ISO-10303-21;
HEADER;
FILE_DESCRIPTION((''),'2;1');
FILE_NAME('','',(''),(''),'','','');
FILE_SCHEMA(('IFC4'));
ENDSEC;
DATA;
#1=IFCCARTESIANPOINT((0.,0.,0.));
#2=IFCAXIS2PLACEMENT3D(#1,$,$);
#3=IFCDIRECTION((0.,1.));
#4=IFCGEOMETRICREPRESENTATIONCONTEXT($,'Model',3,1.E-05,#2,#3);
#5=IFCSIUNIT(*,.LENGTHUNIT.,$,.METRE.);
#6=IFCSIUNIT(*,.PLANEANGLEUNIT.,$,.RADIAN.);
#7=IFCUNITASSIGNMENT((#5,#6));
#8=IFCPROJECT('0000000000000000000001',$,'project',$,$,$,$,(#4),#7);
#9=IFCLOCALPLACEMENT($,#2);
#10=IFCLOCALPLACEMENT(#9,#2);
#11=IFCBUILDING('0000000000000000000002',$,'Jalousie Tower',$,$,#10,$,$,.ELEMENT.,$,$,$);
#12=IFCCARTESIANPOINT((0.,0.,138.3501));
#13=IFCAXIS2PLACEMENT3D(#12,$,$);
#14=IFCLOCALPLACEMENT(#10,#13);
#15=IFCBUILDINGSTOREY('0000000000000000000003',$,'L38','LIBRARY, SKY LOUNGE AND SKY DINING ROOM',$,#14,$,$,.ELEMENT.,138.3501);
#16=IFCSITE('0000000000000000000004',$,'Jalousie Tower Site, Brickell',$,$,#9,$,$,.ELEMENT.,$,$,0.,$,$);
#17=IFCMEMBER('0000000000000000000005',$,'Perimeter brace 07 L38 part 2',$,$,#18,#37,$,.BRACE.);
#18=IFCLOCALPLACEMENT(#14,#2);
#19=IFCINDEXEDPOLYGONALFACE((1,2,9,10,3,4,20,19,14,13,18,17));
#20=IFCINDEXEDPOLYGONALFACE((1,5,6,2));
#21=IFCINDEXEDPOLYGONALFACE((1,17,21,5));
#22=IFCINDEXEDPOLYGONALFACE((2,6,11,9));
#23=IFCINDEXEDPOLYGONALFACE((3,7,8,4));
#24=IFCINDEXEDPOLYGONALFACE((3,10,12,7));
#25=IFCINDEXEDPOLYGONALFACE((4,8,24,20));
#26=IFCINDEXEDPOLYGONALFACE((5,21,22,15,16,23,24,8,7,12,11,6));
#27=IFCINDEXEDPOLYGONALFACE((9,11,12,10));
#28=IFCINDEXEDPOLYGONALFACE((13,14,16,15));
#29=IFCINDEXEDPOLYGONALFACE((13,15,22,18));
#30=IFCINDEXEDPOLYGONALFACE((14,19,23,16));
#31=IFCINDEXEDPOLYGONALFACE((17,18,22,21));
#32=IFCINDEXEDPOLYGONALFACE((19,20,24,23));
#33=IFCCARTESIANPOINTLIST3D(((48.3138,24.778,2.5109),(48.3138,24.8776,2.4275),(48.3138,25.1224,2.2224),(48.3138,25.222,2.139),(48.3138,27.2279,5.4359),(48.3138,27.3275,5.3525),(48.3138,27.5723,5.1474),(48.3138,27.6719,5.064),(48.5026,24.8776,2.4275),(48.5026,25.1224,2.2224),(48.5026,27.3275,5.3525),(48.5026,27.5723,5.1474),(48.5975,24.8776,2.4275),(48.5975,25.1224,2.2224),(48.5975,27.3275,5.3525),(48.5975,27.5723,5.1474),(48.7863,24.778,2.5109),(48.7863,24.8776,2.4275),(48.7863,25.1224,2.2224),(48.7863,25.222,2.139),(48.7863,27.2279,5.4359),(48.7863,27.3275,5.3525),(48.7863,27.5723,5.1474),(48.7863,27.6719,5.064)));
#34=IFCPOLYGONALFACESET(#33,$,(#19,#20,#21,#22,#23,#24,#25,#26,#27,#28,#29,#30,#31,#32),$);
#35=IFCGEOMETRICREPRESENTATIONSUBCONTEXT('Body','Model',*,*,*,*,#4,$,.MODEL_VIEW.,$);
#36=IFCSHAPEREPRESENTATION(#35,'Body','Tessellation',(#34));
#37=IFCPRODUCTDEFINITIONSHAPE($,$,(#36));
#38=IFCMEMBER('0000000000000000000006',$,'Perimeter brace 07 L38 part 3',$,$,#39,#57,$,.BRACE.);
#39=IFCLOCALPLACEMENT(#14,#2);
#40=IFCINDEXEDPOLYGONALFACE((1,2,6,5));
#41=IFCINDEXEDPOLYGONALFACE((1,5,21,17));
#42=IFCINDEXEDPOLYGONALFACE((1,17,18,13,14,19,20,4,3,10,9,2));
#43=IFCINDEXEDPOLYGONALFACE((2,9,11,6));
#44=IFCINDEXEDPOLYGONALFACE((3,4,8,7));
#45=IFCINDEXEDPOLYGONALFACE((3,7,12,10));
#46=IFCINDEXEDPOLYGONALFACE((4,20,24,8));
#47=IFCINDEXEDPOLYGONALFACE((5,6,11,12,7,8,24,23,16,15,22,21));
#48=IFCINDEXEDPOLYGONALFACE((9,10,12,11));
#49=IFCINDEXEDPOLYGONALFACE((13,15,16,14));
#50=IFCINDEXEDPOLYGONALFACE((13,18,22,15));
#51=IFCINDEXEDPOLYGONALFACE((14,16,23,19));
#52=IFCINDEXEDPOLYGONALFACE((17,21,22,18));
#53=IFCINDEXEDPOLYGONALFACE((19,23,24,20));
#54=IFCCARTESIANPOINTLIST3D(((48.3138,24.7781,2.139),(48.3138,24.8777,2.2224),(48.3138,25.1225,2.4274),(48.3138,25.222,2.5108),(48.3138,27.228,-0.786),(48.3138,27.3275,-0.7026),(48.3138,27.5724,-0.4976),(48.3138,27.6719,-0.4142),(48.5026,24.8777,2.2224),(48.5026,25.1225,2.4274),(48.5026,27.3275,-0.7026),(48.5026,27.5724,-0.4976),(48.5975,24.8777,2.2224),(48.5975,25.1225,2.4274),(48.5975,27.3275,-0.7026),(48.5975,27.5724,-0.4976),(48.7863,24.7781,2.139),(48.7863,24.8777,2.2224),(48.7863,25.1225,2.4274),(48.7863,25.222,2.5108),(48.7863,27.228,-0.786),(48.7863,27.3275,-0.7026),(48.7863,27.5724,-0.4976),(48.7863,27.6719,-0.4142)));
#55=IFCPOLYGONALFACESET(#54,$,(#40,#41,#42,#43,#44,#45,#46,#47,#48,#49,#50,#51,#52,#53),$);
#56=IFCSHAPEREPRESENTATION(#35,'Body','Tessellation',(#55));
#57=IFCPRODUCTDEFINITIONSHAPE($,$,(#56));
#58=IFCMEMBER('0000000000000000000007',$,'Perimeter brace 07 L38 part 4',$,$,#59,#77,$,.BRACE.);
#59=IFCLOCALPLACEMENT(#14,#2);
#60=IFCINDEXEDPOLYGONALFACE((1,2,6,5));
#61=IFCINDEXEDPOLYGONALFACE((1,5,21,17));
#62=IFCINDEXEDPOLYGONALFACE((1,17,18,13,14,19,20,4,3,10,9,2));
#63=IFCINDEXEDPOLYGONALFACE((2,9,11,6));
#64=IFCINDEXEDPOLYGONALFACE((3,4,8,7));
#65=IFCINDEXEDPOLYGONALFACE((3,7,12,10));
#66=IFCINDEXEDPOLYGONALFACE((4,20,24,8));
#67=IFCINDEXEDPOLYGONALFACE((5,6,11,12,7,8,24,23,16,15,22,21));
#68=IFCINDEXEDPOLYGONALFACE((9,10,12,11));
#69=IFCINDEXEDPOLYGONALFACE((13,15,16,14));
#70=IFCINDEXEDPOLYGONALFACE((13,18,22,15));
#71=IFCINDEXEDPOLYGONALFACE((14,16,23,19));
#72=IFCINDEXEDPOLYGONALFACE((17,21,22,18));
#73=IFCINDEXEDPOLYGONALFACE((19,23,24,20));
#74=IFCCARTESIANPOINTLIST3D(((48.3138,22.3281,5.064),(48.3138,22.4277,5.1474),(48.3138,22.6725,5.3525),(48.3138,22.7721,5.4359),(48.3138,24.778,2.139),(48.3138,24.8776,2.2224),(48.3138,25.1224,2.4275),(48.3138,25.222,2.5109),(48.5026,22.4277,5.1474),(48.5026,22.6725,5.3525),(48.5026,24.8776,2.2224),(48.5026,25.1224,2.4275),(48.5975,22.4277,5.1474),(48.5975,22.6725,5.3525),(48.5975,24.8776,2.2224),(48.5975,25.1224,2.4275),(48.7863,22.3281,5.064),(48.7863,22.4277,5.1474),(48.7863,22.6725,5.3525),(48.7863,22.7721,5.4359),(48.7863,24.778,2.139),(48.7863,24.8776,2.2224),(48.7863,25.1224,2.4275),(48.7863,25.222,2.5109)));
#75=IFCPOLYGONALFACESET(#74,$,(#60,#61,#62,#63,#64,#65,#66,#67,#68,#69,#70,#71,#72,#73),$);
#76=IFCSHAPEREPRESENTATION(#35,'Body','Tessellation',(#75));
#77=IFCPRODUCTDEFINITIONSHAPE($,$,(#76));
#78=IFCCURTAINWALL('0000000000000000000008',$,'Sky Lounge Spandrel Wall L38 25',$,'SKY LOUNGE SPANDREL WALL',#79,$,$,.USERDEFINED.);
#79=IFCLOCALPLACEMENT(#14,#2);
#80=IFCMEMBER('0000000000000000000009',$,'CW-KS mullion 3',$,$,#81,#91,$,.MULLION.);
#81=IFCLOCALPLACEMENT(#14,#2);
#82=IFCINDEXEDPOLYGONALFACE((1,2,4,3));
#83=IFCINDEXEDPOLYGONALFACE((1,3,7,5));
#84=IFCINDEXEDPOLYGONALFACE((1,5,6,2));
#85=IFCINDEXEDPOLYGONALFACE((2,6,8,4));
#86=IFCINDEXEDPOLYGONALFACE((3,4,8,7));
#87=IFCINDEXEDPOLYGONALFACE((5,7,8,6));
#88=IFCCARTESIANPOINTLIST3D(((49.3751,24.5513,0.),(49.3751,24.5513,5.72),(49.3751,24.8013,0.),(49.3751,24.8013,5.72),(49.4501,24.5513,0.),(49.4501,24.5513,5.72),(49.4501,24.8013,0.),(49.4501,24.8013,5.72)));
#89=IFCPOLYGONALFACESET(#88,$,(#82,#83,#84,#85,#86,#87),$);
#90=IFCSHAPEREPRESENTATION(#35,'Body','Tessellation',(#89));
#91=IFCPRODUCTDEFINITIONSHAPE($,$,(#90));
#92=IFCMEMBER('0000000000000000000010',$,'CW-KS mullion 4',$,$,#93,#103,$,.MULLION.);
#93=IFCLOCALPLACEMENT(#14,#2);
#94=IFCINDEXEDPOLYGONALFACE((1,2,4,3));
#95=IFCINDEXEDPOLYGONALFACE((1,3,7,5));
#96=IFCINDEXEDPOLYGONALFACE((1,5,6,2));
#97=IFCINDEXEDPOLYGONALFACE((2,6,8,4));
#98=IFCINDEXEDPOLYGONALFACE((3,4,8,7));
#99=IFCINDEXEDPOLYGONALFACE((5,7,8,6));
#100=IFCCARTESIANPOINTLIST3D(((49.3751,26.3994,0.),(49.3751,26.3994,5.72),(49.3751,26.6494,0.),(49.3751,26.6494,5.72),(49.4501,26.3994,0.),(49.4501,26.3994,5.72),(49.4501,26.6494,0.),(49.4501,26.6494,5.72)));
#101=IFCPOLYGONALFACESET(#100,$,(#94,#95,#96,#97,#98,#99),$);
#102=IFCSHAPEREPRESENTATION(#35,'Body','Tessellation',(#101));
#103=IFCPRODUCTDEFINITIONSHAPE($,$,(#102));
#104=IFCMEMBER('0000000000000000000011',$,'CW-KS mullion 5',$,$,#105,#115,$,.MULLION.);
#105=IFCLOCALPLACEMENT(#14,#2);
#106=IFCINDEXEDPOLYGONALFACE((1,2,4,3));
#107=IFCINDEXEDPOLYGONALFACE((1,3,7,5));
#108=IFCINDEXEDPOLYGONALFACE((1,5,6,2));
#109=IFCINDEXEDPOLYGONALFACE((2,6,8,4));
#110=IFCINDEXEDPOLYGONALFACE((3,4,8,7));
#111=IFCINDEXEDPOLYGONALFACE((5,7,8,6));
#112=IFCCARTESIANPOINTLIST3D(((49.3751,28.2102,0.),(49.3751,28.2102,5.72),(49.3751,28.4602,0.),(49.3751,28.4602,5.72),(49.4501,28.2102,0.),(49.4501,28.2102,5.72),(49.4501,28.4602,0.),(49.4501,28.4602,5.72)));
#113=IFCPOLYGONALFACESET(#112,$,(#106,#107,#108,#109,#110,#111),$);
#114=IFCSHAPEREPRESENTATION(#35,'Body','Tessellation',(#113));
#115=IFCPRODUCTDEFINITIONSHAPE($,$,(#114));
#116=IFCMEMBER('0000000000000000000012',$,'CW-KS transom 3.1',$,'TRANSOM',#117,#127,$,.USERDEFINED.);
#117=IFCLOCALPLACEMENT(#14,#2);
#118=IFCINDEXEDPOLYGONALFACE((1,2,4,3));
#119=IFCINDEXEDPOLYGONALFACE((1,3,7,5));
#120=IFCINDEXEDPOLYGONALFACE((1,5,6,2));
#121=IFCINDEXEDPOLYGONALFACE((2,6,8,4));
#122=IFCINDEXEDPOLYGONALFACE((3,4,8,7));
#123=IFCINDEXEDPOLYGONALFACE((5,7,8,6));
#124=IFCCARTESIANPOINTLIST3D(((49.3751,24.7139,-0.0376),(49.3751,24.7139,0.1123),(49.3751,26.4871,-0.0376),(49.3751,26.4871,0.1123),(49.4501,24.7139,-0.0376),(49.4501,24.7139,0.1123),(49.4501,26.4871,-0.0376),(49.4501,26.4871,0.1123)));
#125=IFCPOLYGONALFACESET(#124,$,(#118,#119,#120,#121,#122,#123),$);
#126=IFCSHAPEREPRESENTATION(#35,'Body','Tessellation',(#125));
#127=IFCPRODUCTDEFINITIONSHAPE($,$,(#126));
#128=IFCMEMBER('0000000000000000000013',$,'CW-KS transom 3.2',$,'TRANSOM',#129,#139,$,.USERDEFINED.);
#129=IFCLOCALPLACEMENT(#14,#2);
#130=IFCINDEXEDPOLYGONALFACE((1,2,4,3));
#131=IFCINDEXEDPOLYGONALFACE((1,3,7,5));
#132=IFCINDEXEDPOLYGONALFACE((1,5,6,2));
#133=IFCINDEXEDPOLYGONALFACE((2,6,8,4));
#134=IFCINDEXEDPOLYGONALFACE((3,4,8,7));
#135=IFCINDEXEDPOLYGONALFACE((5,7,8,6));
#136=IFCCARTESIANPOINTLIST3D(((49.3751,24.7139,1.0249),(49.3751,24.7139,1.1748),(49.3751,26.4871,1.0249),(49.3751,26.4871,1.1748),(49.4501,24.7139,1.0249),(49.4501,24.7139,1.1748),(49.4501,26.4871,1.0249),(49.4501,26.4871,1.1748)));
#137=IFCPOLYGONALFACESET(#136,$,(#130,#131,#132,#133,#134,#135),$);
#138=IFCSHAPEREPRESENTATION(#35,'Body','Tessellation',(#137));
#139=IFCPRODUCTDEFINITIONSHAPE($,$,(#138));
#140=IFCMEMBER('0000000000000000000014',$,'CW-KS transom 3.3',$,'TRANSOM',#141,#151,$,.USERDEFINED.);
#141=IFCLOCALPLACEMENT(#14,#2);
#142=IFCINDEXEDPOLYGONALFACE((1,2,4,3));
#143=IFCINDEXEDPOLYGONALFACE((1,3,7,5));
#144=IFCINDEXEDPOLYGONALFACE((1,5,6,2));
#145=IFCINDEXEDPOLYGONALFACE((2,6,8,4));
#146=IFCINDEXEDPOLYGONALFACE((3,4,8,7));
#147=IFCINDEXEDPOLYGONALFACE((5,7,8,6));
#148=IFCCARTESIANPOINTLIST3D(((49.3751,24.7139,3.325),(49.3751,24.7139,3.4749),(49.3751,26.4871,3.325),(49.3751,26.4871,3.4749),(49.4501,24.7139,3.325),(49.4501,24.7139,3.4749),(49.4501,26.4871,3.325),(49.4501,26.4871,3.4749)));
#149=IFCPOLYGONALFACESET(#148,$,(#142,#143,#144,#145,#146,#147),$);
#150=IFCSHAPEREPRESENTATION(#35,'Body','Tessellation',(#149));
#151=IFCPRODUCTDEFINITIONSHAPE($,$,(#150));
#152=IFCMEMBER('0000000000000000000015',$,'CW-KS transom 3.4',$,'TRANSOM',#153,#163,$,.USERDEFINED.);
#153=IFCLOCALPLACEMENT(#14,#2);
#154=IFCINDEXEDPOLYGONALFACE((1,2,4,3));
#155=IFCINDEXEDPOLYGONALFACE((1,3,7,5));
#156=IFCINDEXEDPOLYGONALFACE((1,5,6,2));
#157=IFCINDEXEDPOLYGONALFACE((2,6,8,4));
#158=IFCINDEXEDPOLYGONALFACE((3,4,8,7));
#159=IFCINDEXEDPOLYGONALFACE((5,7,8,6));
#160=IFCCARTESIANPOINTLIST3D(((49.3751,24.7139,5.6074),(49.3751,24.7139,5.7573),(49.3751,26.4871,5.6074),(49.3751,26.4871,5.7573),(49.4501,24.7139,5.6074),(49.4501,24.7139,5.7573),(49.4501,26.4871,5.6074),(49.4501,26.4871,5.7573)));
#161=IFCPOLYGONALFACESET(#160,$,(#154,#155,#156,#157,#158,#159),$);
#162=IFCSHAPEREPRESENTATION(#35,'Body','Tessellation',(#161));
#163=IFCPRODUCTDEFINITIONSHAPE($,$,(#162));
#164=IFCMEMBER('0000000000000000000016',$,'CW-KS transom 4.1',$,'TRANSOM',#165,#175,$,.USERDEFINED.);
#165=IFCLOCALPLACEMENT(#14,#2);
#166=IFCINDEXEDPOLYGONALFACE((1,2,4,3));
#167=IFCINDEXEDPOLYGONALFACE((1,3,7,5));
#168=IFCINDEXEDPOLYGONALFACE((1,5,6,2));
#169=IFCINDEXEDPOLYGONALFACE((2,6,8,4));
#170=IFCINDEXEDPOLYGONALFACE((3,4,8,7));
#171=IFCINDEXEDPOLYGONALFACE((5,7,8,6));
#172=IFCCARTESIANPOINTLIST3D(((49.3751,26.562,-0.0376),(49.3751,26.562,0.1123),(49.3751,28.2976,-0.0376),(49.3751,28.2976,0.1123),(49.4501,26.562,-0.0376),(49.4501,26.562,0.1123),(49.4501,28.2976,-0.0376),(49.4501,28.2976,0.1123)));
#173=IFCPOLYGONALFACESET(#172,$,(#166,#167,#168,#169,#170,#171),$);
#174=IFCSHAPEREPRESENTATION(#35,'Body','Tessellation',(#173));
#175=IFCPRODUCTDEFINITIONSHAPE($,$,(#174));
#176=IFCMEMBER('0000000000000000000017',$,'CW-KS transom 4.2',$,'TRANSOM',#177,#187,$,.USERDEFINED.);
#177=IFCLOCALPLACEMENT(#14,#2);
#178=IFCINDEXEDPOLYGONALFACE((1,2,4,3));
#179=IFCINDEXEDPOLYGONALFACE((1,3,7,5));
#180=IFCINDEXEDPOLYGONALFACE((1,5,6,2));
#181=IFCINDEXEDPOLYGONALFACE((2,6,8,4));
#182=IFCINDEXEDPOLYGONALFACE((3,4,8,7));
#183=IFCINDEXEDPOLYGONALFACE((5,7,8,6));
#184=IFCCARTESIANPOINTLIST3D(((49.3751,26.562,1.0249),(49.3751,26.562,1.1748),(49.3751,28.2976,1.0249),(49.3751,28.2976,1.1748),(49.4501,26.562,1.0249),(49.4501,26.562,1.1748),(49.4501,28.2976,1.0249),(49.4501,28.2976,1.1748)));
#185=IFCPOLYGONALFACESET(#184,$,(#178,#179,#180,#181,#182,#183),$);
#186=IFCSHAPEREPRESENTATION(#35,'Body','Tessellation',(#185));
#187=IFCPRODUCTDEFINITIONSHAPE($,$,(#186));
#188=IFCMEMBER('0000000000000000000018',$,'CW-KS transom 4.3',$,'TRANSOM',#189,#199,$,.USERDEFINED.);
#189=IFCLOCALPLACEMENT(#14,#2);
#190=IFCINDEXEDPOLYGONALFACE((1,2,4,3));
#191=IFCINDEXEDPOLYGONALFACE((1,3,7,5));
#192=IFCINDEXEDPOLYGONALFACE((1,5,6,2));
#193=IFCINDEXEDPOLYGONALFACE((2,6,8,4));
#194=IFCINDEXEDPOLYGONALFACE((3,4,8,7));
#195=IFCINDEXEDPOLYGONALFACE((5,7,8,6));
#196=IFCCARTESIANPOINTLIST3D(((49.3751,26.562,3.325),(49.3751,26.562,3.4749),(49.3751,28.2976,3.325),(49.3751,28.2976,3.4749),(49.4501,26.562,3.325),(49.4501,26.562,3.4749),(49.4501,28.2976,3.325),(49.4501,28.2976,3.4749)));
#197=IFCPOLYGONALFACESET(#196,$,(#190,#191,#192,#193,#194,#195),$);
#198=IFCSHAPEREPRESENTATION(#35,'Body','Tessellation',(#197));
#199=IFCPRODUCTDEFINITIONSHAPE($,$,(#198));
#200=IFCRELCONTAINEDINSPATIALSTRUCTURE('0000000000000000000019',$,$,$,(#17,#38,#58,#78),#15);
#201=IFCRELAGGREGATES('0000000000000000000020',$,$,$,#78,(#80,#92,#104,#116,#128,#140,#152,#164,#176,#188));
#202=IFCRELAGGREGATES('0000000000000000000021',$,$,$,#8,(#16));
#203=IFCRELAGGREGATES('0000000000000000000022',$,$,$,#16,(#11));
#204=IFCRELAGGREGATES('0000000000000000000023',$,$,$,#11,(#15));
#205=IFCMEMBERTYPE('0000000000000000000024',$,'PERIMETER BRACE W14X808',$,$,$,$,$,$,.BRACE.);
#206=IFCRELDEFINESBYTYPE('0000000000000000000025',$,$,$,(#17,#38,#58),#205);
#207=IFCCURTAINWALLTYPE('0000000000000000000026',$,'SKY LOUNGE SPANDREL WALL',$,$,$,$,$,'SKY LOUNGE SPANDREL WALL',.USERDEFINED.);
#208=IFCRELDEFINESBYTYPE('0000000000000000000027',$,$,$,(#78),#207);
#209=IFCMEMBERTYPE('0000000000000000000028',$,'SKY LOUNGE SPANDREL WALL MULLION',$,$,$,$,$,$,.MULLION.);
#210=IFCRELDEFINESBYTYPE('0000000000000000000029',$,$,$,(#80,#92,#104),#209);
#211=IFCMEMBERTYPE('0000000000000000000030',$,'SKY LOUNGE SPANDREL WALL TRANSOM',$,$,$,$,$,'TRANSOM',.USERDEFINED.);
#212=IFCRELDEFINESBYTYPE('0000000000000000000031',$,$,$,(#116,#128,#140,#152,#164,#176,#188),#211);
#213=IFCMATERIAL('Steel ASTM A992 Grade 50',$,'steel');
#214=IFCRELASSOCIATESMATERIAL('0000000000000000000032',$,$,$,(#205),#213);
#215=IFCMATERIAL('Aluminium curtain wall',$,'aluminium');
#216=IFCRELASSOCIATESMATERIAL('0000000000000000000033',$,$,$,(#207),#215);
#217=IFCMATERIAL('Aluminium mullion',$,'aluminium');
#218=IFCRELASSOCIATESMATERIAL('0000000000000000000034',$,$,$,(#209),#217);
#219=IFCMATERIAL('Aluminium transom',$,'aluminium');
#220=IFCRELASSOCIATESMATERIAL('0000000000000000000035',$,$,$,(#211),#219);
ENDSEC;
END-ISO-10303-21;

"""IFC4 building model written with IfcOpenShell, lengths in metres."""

from ifc_helpers import new_model, si_unit, direction, frame, origin, origin_2d, place, context, subcontext, project, spatial, rectangle, i_section, extrude, material, material_profile, profile_set, type_object, element, aggregate, save


model = new_model("IFC4")

# Units and contexts
model_context = context("Model", 3, precision=1e-05, world=origin(), true_north=direction((0.0, 1.0)))
body_context = subcontext(model_context, "Body", "Model", "MODEL_VIEW")
ifc_project = project(units=[si_unit("LENGTHUNIT", "METRE"), si_unit("PLANEANGLEUNIT", "RADIAN")], contexts=[model_context])

# Site, building, storey
site_placement = place(None, origin())
site = spatial("IfcSite", under=ifc_project, at=site_placement, Name="Jalousie Tower Site, Brickell", CompositionType="ELEMENT", RefElevation=0.0)
building_placement = place(site_placement, origin())
building = spatial("IfcBuilding", under=site, at=building_placement, Name="Jalousie Tower", CompositionType="ELEMENT")
storey_placement = place(building_placement, frame((0.0, 0.0, 138.3501)))
storey = spatial("IfcBuildingStorey", under=building, at=storey_placement, Name="L38", Description="LIBRARY, SKY LOUNGE AND SKY DINING ROOM", CompositionType="ELEMENT", Elevation=138.3501)

# Members
ifc_material_1 = material(Name="Steel ASTM A992 Grade 50", Category="steel")
ifc_material_profile_1 = material_profile(ifc_material_1, i_section(OverallWidth=0.4724, OverallDepth=0.5791, WebThickness=0.095, FlangeThickness=0.1299, at=origin_2d()), Name="W14X808")
ifc_profile_set_1 = profile_set([ifc_material_profile_1], Name="Steel ASTM A992 Grade 50")
member_type_1 = type_object("IfcMemberType", Name="PERIMETER BRACE W14X808", PredefinedType="BRACE", material=ifc_profile_set_1)
for number, where, z_axis, x_axis, name in (
    (1, (48.55, 25.0, 2.325), (0.0, 0.642102, 0.766619), (-1.0, 0.0, 0.0), "Perimeter brace 07 L38 part 2"),
    (2, (48.55, 27.45, -0.6001), (0.0, -0.642102, 0.766619), (1.0, 0.0, 0.0), "Perimeter brace 07 L38 part 3"),
    (3, (48.55, 25.0, 2.325), (0.0, -0.642102, 0.766619), (1.0, 0.0, 0.0), "Perimeter brace 07 L38 part 4"),
):
    element("IfcMember", number, at=place(storey_placement, frame(where, z_axis=z_axis, x_axis=x_axis)), inside=storey, type_object=member_type_1, Name=name, PredefinedType="BRACE", context=body_context, shape_type="SweptSolid", body=[
        extrude(i_section(OverallWidth=0.4724, OverallDepth=0.5791, WebThickness=0.095, FlangeThickness=0.1299, at=origin_2d()), origin(), (0.0, 0.0, 1.0), 3.8154),
    ])

# Curtain wall, members
ifc_material_2 = material(Name="Aluminium curtain wall", Category="aluminium")
curtain_wall_type_1 = type_object("IfcCurtainWallType", Name="SKY LOUNGE SPANDREL WALL", ElementType="SKY LOUNGE SPANDREL WALL", PredefinedType="USERDEFINED", material=ifc_material_2)
curtain_wall_1_placement = place(storey_placement, origin())
curtain_wall_1 = element("IfcCurtainWall", 4, at=curtain_wall_1_placement, inside=storey, type_object=curtain_wall_type_1, Name="Sky Lounge Spandrel Wall L38 25", ObjectType="SKY LOUNGE SPANDREL WALL", PredefinedType="USERDEFINED")
ifc_material_3 = material(Name="Aluminium mullion", Category="aluminium")
ifc_material_profile_2 = material_profile(ifc_material_3, rectangle(XDim=0.075, YDim=0.25, at=origin_2d()), Name="MULLION 75x250")
ifc_profile_set_2 = profile_set([ifc_material_profile_2], Name="Aluminium mullion")
member_type_2 = type_object("IfcMemberType", Name="SKY LOUNGE SPANDREL WALL MULLION", PredefinedType="MULLION", material=ifc_profile_set_2)
member_1_placement = place(storey_placement, frame((49.4126, 24.6763, 0.0), z_axis=(0.0, 0.0, 1.0), x_axis=(-1.0, 0.0, 0.0)))
member_1 = element("IfcMember", 5, at=member_1_placement, type_object=member_type_2, Name="CW-KS mullion 3", PredefinedType="MULLION", context=body_context, shape_type="SweptSolid", body=[
    extrude(rectangle(XDim=0.075, YDim=0.25, at=origin_2d()), origin(), (0.0, 0.0, 1.0), 5.72),
])
member_2_placement = place(storey_placement, frame((49.4126, 26.5244, 0.0), z_axis=(0.0, 0.0, 1.0), x_axis=(-1.0, 0.0, 0.0)))
member_2 = element("IfcMember", 6, at=member_2_placement, type_object=member_type_2, Name="CW-KS mullion 4", PredefinedType="MULLION", context=body_context, shape_type="SweptSolid", body=[
    extrude(rectangle(XDim=0.075, YDim=0.25, at=origin_2d()), origin(), (0.0, 0.0, 1.0), 5.72),
])
member_3_placement = place(storey_placement, frame((49.4126, 28.3352, 0.0), z_axis=(0.0, 0.0, 1.0), x_axis=(-1.0, 0.0, 0.0)))
member_3 = element("IfcMember", 7, at=member_3_placement, type_object=member_type_2, Name="CW-KS mullion 5", PredefinedType="MULLION", context=body_context, shape_type="SweptSolid", body=[
    extrude(rectangle(XDim=0.075, YDim=0.25, at=origin_2d()), origin(), (0.0, 0.0, 1.0), 5.72),
])
ifc_material_4 = material(Name="Aluminium transom", Category="aluminium")
ifc_material_profile_3 = material_profile(ifc_material_4, rectangle(XDim=0.075, YDim=0.1499, at=origin_2d()), Name="TRANSOM 75x150")
ifc_profile_set_3 = profile_set([ifc_material_profile_3], Name="Aluminium transom")
member_type_3 = type_object("IfcMemberType", Name="SKY LOUNGE SPANDREL WALL TRANSOM", ElementType="TRANSOM", PredefinedType="USERDEFINED", material=ifc_profile_set_3)
member_4_placement = place(storey_placement, frame((49.4126, 24.7139, 0.0374), z_axis=(0.0, 1.0, 0.0), x_axis=(-1.0, 0.0, 0.0)))
member_4 = element("IfcMember", 8, at=member_4_placement, type_object=member_type_3, Name="CW-KS transom 3.1", ObjectType="TRANSOM", PredefinedType="USERDEFINED", context=body_context, shape_type="SweptSolid", body=[
    extrude(rectangle(XDim=0.075, YDim=0.1499, at=origin_2d()), origin(), (0.0, 0.0, 1.0), 1.7732),
])
member_5_placement = place(storey_placement, frame((49.4126, 24.7139, 1.0999), z_axis=(0.0, 1.0, 0.0), x_axis=(-1.0, 0.0, 0.0)))
member_5 = element("IfcMember", 9, at=member_5_placement, type_object=member_type_3, Name="CW-KS transom 3.2", ObjectType="TRANSOM", PredefinedType="USERDEFINED", context=body_context, shape_type="SweptSolid", body=[
    extrude(rectangle(XDim=0.075, YDim=0.1499, at=origin_2d()), origin(), (0.0, 0.0, 1.0), 1.7732),
])
member_6_placement = place(storey_placement, frame((49.4126, 24.7139, 3.3999), z_axis=(0.0, 1.0, 0.0), x_axis=(-1.0, 0.0, 0.0)))
member_6 = element("IfcMember", 10, at=member_6_placement, type_object=member_type_3, Name="CW-KS transom 3.3", ObjectType="TRANSOM", PredefinedType="USERDEFINED", context=body_context, shape_type="SweptSolid", body=[
    extrude(rectangle(XDim=0.075, YDim=0.1499, at=origin_2d()), origin(), (0.0, 0.0, 1.0), 1.7732),
])
member_7_placement = place(storey_placement, frame((49.4126, 24.7139, 5.6824), z_axis=(0.0, 1.0, 0.0), x_axis=(-1.0, 0.0, 0.0)))
member_7 = element("IfcMember", 11, at=member_7_placement, type_object=member_type_3, Name="CW-KS transom 3.4", ObjectType="TRANSOM", PredefinedType="USERDEFINED", context=body_context, shape_type="SweptSolid", body=[
    extrude(rectangle(XDim=0.075, YDim=0.1499, at=origin_2d()), origin(), (0.0, 0.0, 1.0), 1.7732),
])
member_8_placement = place(storey_placement, frame((49.4126, 26.562, 0.0374), z_axis=(0.0, 1.0, 0.0), x_axis=(-1.0, 0.0, 0.0)))
member_8 = element("IfcMember", 12, at=member_8_placement, type_object=member_type_3, Name="CW-KS transom 4.1", ObjectType="TRANSOM", PredefinedType="USERDEFINED", context=body_context, shape_type="SweptSolid", body=[
    extrude(rectangle(XDim=0.075, YDim=0.1499, at=origin_2d()), origin(), (0.0, 0.0, 1.0), 1.7356),
])
member_9_placement = place(storey_placement, frame((49.4126, 26.562, 1.0999), z_axis=(0.0, 1.0, 0.0), x_axis=(-1.0, 0.0, 0.0)))
member_9 = element("IfcMember", 13, at=member_9_placement, type_object=member_type_3, Name="CW-KS transom 4.2", ObjectType="TRANSOM", PredefinedType="USERDEFINED", context=body_context, shape_type="SweptSolid", body=[
    extrude(rectangle(XDim=0.075, YDim=0.1499, at=origin_2d()), origin(), (0.0, 0.0, 1.0), 1.7356),
])
member_10_placement = place(storey_placement, frame((49.4126, 26.562, 3.3999), z_axis=(0.0, 1.0, 0.0), x_axis=(-1.0, 0.0, 0.0)))
member_10 = element("IfcMember", 14, at=member_10_placement, type_object=member_type_3, Name="CW-KS transom 4.3", ObjectType="TRANSOM", PredefinedType="USERDEFINED", context=body_context, shape_type="SweptSolid", body=[
    extrude(rectangle(XDim=0.075, YDim=0.1499, at=origin_2d()), origin(), (0.0, 0.0, 1.0), 1.7356),
])

aggregate(curtain_wall_1, [member_1, member_2, member_3, member_4, member_5, member_6, member_7, member_8, member_9, member_10])

save(model, "model.ifc")
